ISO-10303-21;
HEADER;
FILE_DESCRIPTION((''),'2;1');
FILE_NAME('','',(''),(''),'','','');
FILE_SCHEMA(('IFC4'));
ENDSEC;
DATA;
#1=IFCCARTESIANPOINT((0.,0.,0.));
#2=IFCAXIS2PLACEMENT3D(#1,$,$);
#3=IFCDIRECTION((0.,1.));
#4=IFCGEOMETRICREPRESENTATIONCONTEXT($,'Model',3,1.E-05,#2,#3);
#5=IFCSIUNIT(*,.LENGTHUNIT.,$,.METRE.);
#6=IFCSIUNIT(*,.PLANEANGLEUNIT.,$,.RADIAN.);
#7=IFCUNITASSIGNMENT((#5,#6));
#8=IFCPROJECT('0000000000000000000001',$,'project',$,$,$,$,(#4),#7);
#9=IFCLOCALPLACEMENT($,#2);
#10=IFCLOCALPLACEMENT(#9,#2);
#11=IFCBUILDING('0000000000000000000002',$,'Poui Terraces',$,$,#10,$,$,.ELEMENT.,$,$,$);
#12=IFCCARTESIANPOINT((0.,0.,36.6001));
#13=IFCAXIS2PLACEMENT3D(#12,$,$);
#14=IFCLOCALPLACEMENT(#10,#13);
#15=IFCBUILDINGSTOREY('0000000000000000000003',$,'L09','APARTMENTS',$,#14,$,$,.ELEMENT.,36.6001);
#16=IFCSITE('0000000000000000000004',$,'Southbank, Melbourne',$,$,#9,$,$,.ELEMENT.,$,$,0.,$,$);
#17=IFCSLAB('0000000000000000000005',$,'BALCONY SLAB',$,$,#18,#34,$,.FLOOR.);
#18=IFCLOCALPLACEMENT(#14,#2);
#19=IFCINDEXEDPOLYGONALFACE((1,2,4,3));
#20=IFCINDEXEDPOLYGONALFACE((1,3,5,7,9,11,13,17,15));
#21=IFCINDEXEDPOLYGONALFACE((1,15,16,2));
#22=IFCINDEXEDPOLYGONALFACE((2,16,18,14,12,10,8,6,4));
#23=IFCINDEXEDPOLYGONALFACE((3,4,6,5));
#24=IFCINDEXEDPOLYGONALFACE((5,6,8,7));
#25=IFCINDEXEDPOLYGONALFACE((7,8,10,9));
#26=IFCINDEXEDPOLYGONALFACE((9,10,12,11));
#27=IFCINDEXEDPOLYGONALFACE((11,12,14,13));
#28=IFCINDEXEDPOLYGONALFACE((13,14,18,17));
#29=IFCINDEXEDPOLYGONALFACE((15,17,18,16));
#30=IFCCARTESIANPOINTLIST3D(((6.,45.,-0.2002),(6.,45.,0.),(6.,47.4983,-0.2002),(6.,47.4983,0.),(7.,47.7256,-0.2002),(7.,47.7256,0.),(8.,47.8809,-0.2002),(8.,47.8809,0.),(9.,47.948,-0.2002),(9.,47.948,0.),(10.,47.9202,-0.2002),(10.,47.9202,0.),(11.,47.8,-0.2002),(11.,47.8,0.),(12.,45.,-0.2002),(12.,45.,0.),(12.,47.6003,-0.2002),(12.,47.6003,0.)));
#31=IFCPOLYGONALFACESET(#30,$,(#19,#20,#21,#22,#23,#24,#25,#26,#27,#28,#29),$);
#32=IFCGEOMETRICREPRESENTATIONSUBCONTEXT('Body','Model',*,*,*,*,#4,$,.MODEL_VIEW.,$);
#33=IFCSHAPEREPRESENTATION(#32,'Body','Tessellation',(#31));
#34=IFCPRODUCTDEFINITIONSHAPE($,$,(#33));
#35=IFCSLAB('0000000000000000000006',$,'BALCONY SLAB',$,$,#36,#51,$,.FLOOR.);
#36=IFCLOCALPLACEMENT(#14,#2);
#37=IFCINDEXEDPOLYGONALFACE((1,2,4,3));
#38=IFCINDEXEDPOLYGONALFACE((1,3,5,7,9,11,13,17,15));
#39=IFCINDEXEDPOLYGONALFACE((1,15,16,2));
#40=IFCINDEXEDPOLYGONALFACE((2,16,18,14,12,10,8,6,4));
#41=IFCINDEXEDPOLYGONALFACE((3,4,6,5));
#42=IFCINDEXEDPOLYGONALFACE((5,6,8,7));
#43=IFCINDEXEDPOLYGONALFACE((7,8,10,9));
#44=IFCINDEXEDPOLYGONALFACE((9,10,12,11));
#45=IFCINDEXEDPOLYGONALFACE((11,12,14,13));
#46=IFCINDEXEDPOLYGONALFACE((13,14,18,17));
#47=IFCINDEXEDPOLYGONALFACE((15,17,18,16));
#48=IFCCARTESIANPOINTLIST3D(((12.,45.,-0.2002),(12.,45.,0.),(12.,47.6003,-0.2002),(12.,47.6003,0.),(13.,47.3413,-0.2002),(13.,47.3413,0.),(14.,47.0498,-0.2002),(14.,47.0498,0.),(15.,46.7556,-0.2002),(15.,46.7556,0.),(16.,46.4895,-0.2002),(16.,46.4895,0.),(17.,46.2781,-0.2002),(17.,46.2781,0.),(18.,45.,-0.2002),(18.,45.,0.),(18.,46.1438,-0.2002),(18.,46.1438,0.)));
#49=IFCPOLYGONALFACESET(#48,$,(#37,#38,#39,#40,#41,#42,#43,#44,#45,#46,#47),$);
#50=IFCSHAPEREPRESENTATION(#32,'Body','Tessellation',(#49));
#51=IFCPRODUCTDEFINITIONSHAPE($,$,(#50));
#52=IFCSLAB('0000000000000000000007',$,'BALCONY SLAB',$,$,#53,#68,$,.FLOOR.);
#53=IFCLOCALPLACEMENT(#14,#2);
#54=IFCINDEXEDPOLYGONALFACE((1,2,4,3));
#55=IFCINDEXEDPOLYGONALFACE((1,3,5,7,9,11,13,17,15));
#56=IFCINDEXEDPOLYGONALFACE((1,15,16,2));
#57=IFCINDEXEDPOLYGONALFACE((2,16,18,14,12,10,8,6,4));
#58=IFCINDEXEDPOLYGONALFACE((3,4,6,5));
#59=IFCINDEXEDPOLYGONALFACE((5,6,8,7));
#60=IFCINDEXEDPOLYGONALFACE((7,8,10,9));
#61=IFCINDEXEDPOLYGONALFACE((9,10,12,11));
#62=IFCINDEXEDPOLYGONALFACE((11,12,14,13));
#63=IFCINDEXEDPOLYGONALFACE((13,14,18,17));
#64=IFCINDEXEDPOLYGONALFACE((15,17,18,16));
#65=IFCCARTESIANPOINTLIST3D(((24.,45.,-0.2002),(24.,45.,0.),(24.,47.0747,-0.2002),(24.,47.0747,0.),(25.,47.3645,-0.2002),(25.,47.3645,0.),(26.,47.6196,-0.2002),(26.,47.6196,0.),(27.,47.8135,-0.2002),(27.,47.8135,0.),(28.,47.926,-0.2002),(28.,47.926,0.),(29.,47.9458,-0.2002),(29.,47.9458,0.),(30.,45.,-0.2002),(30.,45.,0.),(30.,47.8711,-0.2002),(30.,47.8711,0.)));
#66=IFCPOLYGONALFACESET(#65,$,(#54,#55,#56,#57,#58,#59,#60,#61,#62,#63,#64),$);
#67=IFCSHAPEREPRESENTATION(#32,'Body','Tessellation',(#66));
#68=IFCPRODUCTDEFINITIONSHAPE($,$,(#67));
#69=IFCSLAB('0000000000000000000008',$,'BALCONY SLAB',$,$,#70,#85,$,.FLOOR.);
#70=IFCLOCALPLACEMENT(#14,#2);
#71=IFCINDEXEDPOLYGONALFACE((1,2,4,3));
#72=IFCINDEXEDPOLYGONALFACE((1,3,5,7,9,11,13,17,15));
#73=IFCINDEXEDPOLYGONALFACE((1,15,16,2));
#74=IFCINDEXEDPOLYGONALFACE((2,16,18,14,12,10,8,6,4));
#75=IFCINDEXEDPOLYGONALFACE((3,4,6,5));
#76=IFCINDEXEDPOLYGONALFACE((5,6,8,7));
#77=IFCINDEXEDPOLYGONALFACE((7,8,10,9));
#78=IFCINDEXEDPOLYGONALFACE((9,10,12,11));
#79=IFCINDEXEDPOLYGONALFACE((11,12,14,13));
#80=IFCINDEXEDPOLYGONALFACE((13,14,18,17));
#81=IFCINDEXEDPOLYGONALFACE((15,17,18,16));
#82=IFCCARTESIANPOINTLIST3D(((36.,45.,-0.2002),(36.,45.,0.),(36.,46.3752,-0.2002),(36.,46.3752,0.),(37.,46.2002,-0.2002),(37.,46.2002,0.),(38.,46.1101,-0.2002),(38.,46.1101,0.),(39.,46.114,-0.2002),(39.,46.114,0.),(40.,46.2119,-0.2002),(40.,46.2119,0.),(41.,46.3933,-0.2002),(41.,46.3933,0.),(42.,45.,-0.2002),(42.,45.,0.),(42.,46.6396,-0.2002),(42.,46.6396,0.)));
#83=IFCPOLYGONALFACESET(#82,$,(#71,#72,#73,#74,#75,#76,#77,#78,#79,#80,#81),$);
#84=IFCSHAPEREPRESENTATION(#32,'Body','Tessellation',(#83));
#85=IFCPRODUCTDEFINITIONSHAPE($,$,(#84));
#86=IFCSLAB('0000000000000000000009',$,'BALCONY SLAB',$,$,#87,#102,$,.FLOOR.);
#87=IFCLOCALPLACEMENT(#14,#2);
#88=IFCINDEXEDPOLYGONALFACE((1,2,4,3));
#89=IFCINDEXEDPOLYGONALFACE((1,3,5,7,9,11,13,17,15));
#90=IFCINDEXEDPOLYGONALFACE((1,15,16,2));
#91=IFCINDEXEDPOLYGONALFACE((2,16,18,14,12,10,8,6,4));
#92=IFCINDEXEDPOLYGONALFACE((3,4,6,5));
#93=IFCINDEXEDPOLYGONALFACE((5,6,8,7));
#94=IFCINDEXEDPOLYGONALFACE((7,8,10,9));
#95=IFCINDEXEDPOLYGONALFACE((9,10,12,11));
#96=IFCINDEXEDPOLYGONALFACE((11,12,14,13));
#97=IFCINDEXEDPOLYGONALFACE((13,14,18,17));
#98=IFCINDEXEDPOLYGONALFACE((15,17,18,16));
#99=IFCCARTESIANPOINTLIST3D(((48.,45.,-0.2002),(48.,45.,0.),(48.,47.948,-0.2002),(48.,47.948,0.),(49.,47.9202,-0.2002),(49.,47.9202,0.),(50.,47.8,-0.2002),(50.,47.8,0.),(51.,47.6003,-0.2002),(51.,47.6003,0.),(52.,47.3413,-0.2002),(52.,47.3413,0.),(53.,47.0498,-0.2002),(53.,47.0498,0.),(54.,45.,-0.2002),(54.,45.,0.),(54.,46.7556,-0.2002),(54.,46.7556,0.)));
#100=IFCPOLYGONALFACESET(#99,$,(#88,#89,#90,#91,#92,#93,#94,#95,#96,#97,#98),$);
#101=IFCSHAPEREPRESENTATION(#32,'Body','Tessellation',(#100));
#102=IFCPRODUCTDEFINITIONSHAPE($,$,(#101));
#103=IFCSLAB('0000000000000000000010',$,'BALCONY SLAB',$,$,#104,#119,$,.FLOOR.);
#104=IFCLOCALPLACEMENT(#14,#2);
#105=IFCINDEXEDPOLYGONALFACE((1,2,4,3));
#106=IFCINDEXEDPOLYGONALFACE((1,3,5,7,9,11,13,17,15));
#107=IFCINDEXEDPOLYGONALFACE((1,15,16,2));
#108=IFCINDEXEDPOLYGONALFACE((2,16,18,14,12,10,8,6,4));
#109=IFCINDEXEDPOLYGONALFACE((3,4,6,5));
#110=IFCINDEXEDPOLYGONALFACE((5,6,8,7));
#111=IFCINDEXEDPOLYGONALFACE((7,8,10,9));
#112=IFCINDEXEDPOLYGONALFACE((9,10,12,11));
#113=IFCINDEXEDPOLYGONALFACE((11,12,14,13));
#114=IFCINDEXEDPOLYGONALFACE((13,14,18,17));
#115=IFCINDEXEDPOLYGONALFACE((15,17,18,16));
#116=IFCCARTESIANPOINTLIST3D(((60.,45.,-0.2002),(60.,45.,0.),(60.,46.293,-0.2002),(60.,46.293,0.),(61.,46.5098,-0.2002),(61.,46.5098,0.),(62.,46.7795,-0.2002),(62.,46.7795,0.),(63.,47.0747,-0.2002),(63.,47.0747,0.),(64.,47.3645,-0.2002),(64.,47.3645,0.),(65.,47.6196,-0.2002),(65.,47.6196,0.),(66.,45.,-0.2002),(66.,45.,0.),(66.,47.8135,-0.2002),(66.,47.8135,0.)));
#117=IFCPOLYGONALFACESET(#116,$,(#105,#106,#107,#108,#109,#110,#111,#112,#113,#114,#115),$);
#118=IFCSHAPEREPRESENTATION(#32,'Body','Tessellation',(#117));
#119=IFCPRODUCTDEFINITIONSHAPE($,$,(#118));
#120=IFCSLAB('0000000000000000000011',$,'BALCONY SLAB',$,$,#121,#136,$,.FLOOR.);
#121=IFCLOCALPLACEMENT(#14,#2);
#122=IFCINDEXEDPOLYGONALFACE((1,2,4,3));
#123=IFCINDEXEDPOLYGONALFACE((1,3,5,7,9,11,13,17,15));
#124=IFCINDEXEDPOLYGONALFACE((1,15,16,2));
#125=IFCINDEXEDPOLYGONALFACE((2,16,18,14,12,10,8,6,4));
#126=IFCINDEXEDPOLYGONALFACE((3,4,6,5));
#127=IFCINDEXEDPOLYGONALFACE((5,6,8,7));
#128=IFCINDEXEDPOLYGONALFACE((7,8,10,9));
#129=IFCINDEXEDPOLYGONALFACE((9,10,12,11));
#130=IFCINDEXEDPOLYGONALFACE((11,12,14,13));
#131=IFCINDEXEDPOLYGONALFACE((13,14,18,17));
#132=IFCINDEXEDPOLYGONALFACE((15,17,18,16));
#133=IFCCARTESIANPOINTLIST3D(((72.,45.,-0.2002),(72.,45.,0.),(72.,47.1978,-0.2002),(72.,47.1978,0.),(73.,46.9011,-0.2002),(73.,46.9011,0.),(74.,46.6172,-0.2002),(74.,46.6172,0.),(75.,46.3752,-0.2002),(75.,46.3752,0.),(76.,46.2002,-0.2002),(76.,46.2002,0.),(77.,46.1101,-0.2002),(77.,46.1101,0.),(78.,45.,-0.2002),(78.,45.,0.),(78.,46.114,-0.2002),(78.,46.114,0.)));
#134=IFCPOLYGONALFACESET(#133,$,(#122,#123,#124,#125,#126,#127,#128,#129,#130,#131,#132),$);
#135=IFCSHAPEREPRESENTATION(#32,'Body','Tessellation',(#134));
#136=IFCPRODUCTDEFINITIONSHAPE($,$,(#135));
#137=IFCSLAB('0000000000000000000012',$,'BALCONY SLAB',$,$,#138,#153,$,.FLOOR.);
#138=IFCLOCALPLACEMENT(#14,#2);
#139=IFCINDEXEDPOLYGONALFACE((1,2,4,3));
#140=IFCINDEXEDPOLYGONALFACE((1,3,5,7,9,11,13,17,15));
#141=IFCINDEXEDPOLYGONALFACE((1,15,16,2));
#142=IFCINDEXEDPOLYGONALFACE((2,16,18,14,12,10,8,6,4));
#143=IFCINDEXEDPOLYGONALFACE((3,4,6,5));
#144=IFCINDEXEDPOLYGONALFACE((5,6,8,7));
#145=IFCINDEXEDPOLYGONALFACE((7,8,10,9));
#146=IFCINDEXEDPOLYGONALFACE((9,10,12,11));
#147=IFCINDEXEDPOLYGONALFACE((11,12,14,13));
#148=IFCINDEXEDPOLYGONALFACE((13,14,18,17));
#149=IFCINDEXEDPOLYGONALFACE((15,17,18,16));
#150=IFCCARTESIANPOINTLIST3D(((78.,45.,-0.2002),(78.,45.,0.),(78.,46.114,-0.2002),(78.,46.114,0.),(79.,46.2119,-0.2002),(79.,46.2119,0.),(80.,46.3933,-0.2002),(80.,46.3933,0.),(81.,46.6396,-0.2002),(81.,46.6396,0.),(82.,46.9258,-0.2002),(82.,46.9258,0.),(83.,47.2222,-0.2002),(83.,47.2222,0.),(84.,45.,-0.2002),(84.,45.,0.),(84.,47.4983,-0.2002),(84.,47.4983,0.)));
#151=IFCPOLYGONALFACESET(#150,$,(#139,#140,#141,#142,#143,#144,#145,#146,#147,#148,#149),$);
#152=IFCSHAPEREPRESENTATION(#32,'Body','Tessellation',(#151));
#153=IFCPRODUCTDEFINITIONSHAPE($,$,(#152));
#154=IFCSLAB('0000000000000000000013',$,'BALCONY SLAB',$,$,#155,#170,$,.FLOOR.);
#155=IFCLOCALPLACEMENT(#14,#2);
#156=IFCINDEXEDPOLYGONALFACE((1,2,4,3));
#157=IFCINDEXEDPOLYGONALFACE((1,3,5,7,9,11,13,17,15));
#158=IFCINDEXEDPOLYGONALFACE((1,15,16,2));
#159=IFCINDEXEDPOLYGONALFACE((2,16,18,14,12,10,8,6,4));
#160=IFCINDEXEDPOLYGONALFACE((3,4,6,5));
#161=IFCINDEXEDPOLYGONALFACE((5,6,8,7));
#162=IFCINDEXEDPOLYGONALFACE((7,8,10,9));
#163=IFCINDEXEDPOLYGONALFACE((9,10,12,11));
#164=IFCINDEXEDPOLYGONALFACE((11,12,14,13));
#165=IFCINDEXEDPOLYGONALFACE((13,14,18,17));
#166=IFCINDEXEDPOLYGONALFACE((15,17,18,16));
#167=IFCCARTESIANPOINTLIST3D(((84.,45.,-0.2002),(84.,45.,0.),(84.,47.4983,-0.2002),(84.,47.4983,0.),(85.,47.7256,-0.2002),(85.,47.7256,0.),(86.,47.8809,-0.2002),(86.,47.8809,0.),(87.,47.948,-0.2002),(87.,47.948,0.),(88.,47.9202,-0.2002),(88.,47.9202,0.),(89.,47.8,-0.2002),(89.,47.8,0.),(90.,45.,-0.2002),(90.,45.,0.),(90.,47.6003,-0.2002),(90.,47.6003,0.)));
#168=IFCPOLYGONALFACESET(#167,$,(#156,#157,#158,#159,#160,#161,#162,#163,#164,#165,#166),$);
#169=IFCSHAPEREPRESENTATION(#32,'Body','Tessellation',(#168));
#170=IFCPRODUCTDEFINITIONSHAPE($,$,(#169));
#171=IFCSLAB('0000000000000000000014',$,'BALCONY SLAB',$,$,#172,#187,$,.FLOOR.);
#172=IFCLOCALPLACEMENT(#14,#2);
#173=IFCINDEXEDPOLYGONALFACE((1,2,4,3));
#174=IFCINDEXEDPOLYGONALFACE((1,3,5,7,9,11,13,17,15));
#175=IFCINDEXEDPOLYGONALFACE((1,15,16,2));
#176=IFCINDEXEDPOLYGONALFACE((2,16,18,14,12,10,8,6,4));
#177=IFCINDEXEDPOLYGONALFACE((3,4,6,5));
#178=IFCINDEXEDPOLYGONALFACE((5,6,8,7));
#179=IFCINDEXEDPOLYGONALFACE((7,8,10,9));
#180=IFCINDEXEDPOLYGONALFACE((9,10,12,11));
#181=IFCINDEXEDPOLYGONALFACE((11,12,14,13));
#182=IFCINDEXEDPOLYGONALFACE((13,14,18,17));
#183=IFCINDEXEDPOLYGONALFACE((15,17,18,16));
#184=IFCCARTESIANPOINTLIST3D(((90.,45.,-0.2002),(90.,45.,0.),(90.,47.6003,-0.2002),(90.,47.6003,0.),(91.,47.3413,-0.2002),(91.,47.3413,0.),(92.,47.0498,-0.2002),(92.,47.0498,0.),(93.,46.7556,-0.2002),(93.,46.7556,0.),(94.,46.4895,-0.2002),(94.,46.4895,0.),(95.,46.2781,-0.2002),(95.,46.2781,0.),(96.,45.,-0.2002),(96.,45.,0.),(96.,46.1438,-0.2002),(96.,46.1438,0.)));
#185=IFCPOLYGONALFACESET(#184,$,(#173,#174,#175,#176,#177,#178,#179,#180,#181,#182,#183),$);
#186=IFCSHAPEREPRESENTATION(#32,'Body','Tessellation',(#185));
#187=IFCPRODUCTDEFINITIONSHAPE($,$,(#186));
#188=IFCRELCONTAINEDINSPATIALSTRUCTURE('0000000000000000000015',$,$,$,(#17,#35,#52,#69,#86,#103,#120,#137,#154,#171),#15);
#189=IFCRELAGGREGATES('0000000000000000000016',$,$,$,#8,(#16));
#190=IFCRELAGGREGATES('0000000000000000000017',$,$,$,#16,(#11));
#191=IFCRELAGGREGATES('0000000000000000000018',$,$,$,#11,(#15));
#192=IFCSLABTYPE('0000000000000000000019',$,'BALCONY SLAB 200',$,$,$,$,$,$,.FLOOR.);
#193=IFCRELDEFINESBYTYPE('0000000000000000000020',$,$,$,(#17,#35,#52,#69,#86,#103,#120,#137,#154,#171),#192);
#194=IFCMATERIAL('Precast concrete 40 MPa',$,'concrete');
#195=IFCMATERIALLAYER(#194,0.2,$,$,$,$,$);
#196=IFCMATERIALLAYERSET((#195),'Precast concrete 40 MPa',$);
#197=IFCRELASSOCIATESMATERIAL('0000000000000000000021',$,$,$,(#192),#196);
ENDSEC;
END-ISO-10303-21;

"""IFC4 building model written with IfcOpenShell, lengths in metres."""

from ifc_helpers import new_model, si_unit, direction, frame, origin, place, context, subcontext, project, spatial, polyline, outline, extrude, material, layer, layer_set, type_object, element, save


model = new_model("IFC4")

# Units and contexts
model_context = context("Model", 3, precision=1e-05, world=origin(), true_north=direction((0.0, 1.0)))
body_context = subcontext(model_context, "Body", "Model", "MODEL_VIEW")
ifc_project = project(units=[si_unit("LENGTHUNIT", "METRE"), si_unit("PLANEANGLEUNIT", "RADIAN")], contexts=[model_context])

# Site, building, storey
site_placement = place(None, origin())
site = spatial("IfcSite", under=ifc_project, at=site_placement, Name="Southbank, Melbourne", CompositionType="ELEMENT", RefElevation=0.0)
building_placement = place(site_placement, origin())
building = spatial("IfcBuilding", under=site, at=building_placement, Name="Poui Terraces", CompositionType="ELEMENT")
storey_placement = place(building_placement, frame((0.0, 0.0, 36.6001)))
storey = spatial("IfcBuildingStorey", under=building, at=storey_placement, Name="L09", Description="APARTMENTS", CompositionType="ELEMENT", Elevation=36.6001)

# Slabs
ifc_material_1 = material(Name="Precast concrete 40 MPa", Category="concrete")
ifc_layer_1 = layer(ifc_material_1, 0.2)
ifc_layer_set_1 = layer_set([ifc_layer_1], Name="Precast concrete 40 MPa")
slab_type_1 = type_object("IfcSlabType", Name="BALCONY SLAB 200", PredefinedType="FLOOR", material=ifc_layer_set_1)
slab_1_placement = place(storey_placement, frame((0.0, 0.0, -0.2002)))
element("IfcSlab", 1, at=slab_1_placement, inside=storey, type_object=slab_type_1, Name="BALCONY SLAB", PredefinedType="FLOOR", context=body_context, shape_type="SweptSolid", body=[
    extrude(outline(polyline([(6.0, 45.0), (12.0, 45.0), (12.0, 47.6003), (11.0, 47.8), (10.0, 47.9202), (9.0, 47.948), (8.0, 47.8809), (7.0, 47.7256), (6.0, 47.4983), (6.0, 45.0)])), origin(), (0.0, 0.0, 1.0), 0.2002),
])
slab_2_placement = place(storey_placement, frame((0.0, 0.0, -0.2002)))
element("IfcSlab", 2, at=slab_2_placement, inside=storey, type_object=slab_type_1, Name="BALCONY SLAB", PredefinedType="FLOOR", context=body_context, shape_type="SweptSolid", body=[
    extrude(outline(polyline([(12.0, 45.0), (18.0, 45.0), (18.0, 46.1438), (17.0, 46.2781), (16.0, 46.4895), (15.0, 46.7556), (14.0, 47.0498), (13.0, 47.3413), (12.0, 47.6003), (12.0, 45.0)])), origin(), (0.0, 0.0, 1.0), 0.2002),
])
slab_3_placement = place(storey_placement, frame((0.0, 0.0, -0.2002)))
element("IfcSlab", 3, at=slab_3_placement, inside=storey, type_object=slab_type_1, Name="BALCONY SLAB", PredefinedType="FLOOR", context=body_context, shape_type="SweptSolid", body=[
    extrude(outline(polyline([(24.0, 45.0), (30.0, 45.0), (30.0, 47.8711), (29.0, 47.9458), (28.0, 47.926), (27.0, 47.8135), (26.0, 47.6196), (25.0, 47.3645), (24.0, 47.0747), (24.0, 45.0)])), origin(), (0.0, 0.0, 1.0), 0.2002),
])
slab_4_placement = place(storey_placement, frame((0.0, 0.0, -0.2002)))
element("IfcSlab", 4, at=slab_4_placement, inside=storey, type_object=slab_type_1, Name="BALCONY SLAB", PredefinedType="FLOOR", context=body_context, shape_type="SweptSolid", body=[
    extrude(outline(polyline([(36.0, 45.0), (42.0, 45.0), (42.0, 46.6396), (41.0, 46.3933), (40.0, 46.2119), (39.0, 46.114), (38.0, 46.1101), (37.0, 46.2002), (36.0, 46.3752), (36.0, 45.0)])), origin(), (0.0, 0.0, 1.0), 0.2002),
])
slab_5_placement = place(storey_placement, frame((0.0, 0.0, -0.2002)))
element("IfcSlab", 5, at=slab_5_placement, inside=storey, type_object=slab_type_1, Name="BALCONY SLAB", PredefinedType="FLOOR", context=body_context, shape_type="SweptSolid", body=[
    extrude(outline(polyline([(48.0, 45.0), (54.0, 45.0), (54.0, 46.7556), (53.0, 47.0498), (52.0, 47.3413), (51.0, 47.6003), (50.0, 47.8), (49.0, 47.9202), (48.0, 47.948), (48.0, 45.0)])), origin(), (0.0, 0.0, 1.0), 0.2002),
])
slab_6_placement = place(storey_placement, frame((0.0, 0.0, -0.2002)))
element("IfcSlab", 6, at=slab_6_placement, inside=storey, type_object=slab_type_1, Name="BALCONY SLAB", PredefinedType="FLOOR", context=body_context, shape_type="SweptSolid", body=[
    extrude(outline(polyline([(60.0, 45.0), (66.0, 45.0), (66.0, 47.8135), (65.0, 47.6196), (64.0, 47.3645), (63.0, 47.0747), (62.0, 46.7795), (61.0, 46.5098), (60.0, 46.293), (60.0, 45.0)])), origin(), (0.0, 0.0, 1.0), 0.2002),
])
slab_7_placement = place(storey_placement, frame((0.0, 0.0, -0.2002)))
element("IfcSlab", 7, at=slab_7_placement, inside=storey, type_object=slab_type_1, Name="BALCONY SLAB", PredefinedType="FLOOR", context=body_context, shape_type="SweptSolid", body=[
    extrude(outline(polyline([(72.0, 45.0), (78.0, 45.0), (78.0, 46.114), (77.0, 46.1101), (76.0, 46.2002), (75.0, 46.3752), (74.0, 46.6172), (73.0, 46.9011), (72.0, 47.1978), (72.0, 45.0)])), origin(), (0.0, 0.0, 1.0), 0.2002),
])
slab_8_placement = place(storey_placement, frame((0.0, 0.0, -0.2002)))
element("IfcSlab", 8, at=slab_8_placement, inside=storey, type_object=slab_type_1, Name="BALCONY SLAB", PredefinedType="FLOOR", context=body_context, shape_type="SweptSolid", body=[
    extrude(outline(polyline([(78.0, 45.0), (84.0, 45.0), (84.0, 47.4983), (83.0, 47.2222), (82.0, 46.9258), (81.0, 46.6396), (80.0, 46.3933), (79.0, 46.2119), (78.0, 46.114), (78.0, 45.0)])), origin(), (0.0, 0.0, 1.0), 0.2002),
])
slab_9_placement = place(storey_placement, frame((0.0, 0.0, -0.2002)))
element("IfcSlab", 9, at=slab_9_placement, inside=storey, type_object=slab_type_1, Name="BALCONY SLAB", PredefinedType="FLOOR", context=body_context, shape_type="SweptSolid", body=[
    extrude(outline(polyline([(84.0, 45.0), (90.0, 45.0), (90.0, 47.6003), (89.0, 47.8), (88.0, 47.9202), (87.0, 47.948), (86.0, 47.8809), (85.0, 47.7256), (84.0, 47.4983), (84.0, 45.0)])), origin(), (0.0, 0.0, 1.0), 0.2002),
])
slab_10_placement = place(storey_placement, frame((0.0, 0.0, -0.2002)))
element("IfcSlab", 10, at=slab_10_placement, inside=storey, type_object=slab_type_1, Name="BALCONY SLAB", PredefinedType="FLOOR", context=body_context, shape_type="SweptSolid", body=[
    extrude(outline(polyline([(90.0, 45.0), (96.0, 45.0), (96.0, 46.1438), (95.0, 46.2781), (94.0, 46.4895), (93.0, 46.7556), (92.0, 47.0498), (91.0, 47.3413), (90.0, 47.6003), (90.0, 45.0)])), origin(), (0.0, 0.0, 1.0), 0.2002),
])

save(model, "model.ifc")
